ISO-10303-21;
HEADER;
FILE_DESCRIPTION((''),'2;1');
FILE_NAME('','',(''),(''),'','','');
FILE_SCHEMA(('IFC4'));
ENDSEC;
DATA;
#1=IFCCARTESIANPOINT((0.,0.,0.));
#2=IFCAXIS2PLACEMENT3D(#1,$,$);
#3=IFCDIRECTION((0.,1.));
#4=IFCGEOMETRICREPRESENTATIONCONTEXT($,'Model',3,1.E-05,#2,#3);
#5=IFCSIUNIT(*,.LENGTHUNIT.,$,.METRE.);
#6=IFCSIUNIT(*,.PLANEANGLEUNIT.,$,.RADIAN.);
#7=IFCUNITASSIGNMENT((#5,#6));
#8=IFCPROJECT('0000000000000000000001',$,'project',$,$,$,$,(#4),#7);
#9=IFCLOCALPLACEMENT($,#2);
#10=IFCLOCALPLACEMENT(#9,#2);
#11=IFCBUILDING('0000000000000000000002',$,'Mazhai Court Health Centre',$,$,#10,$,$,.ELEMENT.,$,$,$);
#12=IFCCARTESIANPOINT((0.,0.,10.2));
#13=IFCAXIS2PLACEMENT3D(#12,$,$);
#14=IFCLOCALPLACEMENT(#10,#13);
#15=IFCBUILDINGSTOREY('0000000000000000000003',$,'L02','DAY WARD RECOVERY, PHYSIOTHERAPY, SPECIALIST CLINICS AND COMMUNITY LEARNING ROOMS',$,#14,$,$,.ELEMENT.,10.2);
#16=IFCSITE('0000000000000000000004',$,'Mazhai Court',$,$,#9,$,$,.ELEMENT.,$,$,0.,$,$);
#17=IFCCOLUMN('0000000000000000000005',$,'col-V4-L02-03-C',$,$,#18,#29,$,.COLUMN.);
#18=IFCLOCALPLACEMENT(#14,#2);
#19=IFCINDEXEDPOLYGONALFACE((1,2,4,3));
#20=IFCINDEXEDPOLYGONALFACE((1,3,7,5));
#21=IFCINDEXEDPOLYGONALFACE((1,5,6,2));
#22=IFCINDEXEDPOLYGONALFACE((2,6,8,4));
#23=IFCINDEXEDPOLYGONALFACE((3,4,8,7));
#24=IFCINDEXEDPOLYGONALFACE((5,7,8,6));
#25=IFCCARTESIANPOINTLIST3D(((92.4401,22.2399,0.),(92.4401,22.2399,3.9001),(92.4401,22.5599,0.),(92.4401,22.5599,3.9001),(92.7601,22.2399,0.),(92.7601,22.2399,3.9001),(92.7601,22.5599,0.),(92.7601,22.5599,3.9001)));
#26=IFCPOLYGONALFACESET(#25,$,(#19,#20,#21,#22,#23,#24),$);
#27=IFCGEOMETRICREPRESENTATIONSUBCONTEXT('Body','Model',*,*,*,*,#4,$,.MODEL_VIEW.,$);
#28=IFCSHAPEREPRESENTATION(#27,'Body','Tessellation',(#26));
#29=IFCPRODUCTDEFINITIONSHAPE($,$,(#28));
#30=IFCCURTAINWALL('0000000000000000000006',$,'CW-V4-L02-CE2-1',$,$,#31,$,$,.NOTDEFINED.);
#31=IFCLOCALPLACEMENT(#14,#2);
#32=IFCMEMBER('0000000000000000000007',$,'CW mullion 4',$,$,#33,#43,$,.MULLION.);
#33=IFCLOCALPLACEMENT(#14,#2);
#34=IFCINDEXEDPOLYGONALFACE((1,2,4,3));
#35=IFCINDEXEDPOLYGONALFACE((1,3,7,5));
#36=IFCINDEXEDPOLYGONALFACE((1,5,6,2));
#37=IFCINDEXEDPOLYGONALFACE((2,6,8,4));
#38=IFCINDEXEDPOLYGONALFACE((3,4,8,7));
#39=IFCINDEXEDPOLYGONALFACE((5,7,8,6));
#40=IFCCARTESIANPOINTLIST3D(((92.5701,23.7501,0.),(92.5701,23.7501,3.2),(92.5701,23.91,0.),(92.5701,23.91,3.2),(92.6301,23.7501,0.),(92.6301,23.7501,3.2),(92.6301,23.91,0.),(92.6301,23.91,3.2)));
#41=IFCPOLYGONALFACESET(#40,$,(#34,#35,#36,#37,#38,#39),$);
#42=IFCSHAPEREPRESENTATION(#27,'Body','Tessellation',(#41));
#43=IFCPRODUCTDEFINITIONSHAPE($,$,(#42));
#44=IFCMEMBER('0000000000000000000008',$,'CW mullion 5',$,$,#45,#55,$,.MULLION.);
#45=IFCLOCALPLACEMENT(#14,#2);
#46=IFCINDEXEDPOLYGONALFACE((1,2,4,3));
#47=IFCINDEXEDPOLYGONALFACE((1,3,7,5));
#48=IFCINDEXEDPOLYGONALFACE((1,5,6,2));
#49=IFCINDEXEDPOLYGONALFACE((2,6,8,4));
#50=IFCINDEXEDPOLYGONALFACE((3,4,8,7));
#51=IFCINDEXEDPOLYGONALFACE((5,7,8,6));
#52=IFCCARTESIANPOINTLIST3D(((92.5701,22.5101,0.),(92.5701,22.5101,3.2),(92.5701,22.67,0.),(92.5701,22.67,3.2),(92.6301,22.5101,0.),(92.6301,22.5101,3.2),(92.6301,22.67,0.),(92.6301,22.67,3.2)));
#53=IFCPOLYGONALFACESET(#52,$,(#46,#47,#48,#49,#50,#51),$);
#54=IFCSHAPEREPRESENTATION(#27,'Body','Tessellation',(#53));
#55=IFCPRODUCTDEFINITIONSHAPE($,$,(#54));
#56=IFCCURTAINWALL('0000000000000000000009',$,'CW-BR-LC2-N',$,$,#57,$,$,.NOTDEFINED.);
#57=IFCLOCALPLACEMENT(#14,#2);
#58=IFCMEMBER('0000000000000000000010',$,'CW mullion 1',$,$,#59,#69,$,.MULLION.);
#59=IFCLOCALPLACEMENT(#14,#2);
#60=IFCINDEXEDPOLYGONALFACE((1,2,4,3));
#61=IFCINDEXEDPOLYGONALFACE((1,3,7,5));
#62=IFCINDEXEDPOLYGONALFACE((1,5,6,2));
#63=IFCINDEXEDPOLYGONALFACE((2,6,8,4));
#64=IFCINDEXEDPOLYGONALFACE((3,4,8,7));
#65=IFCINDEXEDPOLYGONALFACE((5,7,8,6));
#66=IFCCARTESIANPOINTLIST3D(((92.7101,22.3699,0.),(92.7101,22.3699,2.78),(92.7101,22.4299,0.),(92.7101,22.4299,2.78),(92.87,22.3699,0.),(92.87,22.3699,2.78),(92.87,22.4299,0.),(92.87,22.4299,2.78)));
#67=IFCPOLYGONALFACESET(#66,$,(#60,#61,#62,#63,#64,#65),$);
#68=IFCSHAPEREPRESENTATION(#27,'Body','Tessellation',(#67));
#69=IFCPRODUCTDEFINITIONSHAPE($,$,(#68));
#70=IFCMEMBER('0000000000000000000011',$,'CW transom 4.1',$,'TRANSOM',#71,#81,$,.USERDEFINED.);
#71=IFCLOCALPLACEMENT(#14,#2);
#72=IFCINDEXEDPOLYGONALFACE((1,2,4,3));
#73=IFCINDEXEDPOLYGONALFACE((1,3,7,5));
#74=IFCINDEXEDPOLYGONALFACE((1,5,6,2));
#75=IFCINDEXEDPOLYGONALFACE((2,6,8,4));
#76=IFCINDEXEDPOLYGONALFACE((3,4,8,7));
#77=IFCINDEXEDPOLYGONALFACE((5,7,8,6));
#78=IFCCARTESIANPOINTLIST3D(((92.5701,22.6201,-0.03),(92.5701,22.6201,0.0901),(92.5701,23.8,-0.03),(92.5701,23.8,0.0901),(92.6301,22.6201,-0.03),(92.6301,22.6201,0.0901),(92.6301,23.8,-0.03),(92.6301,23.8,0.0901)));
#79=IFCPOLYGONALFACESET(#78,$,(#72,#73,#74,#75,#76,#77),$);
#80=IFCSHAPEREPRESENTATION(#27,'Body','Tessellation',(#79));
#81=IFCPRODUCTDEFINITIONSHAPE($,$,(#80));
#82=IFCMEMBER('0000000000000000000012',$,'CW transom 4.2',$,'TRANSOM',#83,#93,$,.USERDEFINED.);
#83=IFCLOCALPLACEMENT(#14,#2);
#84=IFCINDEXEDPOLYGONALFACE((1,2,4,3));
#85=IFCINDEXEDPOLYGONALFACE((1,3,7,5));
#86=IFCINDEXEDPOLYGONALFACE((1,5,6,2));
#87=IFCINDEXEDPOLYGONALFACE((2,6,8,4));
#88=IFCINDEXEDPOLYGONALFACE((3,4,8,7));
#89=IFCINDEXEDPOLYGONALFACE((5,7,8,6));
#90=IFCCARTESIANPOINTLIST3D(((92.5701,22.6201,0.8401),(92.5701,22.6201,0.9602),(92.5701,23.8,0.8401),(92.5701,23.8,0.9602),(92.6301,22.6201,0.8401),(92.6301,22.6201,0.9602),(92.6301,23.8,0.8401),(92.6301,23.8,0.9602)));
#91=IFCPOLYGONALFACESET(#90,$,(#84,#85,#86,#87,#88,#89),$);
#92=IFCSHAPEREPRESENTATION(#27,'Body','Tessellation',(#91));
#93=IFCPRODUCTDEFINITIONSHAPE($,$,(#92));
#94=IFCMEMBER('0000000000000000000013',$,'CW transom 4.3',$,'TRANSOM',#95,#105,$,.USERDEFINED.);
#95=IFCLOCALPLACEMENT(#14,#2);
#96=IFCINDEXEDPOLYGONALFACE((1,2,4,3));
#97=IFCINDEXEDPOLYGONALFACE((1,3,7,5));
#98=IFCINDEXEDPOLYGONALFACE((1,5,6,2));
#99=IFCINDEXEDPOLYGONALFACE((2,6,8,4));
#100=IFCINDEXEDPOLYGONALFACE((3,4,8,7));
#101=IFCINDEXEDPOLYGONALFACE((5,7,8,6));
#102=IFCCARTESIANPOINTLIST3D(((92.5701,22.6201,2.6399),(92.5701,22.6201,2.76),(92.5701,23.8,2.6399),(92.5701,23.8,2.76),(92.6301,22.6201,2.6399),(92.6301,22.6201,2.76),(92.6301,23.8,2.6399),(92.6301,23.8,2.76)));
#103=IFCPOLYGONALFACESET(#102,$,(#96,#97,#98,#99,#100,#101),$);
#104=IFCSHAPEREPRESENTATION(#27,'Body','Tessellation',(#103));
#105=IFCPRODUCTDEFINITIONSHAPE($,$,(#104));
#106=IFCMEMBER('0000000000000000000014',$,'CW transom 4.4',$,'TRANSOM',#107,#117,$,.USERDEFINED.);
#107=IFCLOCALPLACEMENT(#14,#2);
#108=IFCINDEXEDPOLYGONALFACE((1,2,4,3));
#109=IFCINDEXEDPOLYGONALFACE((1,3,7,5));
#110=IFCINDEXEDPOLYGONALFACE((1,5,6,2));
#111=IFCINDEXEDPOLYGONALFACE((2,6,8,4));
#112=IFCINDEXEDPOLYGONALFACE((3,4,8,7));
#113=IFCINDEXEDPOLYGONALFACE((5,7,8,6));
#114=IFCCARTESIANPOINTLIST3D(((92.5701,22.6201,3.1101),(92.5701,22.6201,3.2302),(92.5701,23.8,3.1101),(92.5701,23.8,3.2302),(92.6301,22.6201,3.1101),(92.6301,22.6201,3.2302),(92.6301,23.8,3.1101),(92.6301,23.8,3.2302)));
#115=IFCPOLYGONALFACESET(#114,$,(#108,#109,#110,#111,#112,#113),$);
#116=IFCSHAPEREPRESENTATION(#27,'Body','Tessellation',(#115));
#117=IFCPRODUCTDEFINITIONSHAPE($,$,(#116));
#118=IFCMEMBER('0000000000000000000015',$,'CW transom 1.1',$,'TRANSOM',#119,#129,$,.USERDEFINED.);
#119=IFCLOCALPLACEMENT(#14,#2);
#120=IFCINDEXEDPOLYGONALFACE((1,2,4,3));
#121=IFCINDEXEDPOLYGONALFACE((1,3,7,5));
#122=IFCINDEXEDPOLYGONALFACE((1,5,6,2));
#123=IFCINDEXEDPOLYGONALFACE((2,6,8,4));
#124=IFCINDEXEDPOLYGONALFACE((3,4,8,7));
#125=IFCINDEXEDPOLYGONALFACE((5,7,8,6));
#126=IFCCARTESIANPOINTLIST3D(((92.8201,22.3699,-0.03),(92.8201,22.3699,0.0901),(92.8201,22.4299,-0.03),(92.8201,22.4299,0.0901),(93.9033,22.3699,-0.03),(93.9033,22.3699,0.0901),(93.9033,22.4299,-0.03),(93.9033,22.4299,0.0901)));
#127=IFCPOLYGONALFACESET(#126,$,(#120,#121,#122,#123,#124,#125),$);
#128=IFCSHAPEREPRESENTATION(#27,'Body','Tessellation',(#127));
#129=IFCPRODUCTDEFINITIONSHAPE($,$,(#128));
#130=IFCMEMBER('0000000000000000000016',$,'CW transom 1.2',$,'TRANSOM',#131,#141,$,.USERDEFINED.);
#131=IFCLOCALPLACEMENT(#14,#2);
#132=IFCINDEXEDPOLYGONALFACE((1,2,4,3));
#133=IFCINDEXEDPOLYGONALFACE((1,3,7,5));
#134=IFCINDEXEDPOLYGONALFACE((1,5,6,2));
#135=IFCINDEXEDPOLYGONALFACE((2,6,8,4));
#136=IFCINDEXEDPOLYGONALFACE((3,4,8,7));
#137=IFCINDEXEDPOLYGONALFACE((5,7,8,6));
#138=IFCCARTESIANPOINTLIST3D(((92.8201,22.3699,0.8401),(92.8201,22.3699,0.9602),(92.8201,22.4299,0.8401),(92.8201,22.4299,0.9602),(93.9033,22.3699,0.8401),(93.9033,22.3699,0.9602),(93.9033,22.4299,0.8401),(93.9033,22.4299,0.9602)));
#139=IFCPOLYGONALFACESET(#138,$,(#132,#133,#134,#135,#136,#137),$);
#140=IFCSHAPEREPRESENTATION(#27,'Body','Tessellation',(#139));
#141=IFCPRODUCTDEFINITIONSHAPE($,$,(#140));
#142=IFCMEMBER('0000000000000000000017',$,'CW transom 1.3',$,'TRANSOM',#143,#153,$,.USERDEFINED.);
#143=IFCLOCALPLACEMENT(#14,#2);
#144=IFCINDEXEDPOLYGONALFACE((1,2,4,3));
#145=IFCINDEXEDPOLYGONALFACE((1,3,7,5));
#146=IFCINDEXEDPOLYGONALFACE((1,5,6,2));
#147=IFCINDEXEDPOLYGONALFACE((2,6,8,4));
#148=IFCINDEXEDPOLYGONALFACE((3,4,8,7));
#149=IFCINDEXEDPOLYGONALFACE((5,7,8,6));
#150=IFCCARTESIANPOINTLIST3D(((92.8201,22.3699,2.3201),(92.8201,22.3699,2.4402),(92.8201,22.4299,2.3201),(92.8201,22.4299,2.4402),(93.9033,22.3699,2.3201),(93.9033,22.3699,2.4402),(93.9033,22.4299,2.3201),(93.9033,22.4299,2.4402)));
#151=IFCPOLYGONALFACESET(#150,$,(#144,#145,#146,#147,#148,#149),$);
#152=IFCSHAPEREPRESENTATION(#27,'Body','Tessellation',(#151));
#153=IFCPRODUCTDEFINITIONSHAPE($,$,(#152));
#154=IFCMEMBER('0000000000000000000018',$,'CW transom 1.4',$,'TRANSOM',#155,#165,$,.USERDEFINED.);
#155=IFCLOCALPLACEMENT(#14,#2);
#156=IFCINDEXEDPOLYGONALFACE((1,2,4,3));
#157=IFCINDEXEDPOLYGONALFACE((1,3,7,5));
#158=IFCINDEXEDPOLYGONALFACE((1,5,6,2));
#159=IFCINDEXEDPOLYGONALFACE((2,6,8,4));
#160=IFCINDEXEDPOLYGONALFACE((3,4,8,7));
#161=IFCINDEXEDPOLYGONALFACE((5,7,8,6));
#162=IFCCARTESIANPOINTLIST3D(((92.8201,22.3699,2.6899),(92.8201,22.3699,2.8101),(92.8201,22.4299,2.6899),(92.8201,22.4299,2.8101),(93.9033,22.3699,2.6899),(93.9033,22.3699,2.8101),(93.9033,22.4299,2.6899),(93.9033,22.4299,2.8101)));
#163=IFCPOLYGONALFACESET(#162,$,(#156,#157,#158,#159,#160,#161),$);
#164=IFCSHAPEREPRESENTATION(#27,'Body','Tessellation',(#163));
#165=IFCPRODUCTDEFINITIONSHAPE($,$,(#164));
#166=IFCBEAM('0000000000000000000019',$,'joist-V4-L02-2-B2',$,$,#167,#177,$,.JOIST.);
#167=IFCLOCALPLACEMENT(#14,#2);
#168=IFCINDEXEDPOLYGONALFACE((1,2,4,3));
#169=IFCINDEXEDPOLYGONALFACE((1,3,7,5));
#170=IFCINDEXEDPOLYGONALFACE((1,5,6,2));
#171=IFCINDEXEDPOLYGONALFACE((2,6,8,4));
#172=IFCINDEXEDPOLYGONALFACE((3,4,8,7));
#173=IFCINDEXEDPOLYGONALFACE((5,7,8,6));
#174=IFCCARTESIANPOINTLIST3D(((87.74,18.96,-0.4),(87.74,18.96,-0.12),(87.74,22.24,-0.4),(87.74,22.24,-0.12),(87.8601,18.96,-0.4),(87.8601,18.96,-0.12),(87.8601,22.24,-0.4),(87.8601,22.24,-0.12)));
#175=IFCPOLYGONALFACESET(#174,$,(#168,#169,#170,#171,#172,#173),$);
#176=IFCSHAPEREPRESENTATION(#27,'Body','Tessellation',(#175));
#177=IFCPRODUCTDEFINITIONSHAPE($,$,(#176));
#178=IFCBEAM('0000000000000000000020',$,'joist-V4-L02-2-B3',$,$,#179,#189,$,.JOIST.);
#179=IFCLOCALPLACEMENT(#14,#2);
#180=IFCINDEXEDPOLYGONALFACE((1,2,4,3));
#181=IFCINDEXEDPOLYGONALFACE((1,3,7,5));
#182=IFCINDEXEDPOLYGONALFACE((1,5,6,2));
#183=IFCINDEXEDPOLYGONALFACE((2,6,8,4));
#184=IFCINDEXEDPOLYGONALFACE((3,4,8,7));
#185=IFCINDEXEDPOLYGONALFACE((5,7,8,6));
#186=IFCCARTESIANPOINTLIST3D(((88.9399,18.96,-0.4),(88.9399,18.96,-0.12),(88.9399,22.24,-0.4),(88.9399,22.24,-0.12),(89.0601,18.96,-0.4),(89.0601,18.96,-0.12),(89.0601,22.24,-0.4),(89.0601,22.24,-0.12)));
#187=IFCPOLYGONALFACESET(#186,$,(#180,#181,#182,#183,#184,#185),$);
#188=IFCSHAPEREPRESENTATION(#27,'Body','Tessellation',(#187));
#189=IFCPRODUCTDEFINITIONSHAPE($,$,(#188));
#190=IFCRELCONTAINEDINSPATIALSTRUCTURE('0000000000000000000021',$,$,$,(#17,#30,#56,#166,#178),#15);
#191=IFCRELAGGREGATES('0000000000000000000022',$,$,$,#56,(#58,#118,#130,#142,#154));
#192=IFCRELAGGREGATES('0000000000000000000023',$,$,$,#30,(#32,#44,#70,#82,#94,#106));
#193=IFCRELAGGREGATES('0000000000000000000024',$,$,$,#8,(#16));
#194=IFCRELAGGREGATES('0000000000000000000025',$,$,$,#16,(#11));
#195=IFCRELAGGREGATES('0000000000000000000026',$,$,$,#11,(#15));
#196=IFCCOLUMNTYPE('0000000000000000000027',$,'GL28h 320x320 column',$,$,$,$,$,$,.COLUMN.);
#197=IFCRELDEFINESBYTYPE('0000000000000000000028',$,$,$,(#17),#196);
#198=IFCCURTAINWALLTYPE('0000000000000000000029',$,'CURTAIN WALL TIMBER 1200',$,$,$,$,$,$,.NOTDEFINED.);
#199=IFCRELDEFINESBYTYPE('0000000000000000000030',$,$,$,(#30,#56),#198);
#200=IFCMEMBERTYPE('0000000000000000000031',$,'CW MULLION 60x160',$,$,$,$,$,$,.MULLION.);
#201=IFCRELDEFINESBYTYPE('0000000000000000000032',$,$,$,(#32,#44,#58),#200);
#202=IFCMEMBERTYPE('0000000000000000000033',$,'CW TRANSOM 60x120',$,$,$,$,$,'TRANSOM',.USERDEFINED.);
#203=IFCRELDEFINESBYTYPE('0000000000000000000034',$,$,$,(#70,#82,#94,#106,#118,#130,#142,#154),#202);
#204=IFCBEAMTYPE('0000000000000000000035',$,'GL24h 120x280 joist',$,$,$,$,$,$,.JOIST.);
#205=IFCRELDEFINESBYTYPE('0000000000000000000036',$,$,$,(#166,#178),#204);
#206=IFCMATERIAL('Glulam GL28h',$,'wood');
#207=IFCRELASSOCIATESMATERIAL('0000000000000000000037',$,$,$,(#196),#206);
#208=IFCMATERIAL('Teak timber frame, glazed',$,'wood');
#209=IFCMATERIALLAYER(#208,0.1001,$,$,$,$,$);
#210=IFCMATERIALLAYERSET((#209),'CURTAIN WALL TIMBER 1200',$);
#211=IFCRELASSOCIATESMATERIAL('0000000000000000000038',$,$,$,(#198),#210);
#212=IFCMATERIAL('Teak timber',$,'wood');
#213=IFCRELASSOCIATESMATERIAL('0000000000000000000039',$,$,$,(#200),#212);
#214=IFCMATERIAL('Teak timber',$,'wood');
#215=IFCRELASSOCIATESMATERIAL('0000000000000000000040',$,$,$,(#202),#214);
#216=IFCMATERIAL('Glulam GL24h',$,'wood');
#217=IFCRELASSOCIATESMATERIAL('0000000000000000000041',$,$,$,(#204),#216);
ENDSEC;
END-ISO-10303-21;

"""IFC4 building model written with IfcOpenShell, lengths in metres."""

from ifc_helpers import new_model, si_unit, direction, frame, origin, origin_2d, place, context, subcontext, project, spatial, rectangle, extrude, material, layer, layer_set, material_profile, profile_set, type_object, element, aggregate, save


model = new_model("IFC4")

# Units and contexts
model_context = context("Model", 3, precision=1e-05, world=origin(), true_north=direction((0.0, 1.0)))
body_context = subcontext(model_context, "Body", "Model", "MODEL_VIEW")
ifc_project = project(units=[si_unit("LENGTHUNIT", "METRE"), si_unit("PLANEANGLEUNIT", "RADIAN")], contexts=[model_context])

# Site, building, storey
site_placement = place(None, origin())
site = spatial("IfcSite", under=ifc_project, at=site_placement, Name="Mazhai Court", CompositionType="ELEMENT", RefElevation=0.0)
building_placement = place(site_placement, origin())
building = spatial("IfcBuilding", under=site, at=building_placement, Name="Mazhai Court Health Centre", CompositionType="ELEMENT")
storey_placement = place(building_placement, frame((0.0, 0.0, 10.2)))
storey = spatial("IfcBuildingStorey", under=building, at=storey_placement, Name="L02", Description="DAY WARD RECOVERY, PHYSIOTHERAPY, SPECIALIST CLINICS AND COMMUNITY LEARNING ROOMS", CompositionType="ELEMENT", Elevation=10.2)

# Column
ifc_material_1 = material(Name="Glulam GL28h", Category="wood")
ifc_material_profile_1 = material_profile(ifc_material_1, rectangle(XDim=0.3201, YDim=0.3201, at=origin_2d()), Name="GL28h 320x320")
ifc_profile_set_1 = profile_set([ifc_material_profile_1], Name="Glulam GL28h")
column_type = type_object("IfcColumnType", Name="GL28h 320x320 column", PredefinedType="COLUMN", material=ifc_profile_set_1)
column_placement = place(storey_placement, frame((92.6001, 22.3999, 0.0), z_axis=(0.0, 0.0, 1.0), x_axis=(1.0, 0.0, 0.0)))
element("IfcColumn", 1, at=column_placement, inside=storey, type_object=column_type, Name="col-V4-L02-03-C", PredefinedType="COLUMN", context=body_context, shape_type="SweptSolid", body=[
    extrude(rectangle(XDim=0.3201, YDim=0.3201, at=origin_2d()), origin(), (0.0, 0.0, 1.0), 3.9001),
])

# Curtain wall, members
ifc_material_2 = material(Name="Teak timber frame, glazed", Category="wood")
ifc_layer_1 = layer(ifc_material_2, 0.1001)
ifc_layer_set_1 = layer_set([ifc_layer_1], Name="CURTAIN WALL TIMBER 1200")
curtain_wall_type = type_object("IfcCurtainWallType", Name="CURTAIN WALL TIMBER 1200", PredefinedType="NOTDEFINED", material=ifc_layer_set_1)
curtain_wall_1_placement = place(storey_placement, origin())
curtain_wall_1 = element("IfcCurtainWall", 2, at=curtain_wall_1_placement, inside=storey, type_object=curtain_wall_type, Name="CW-V4-L02-CE2-1", PredefinedType="NOTDEFINED")
ifc_material_3 = material(Name="Teak timber", Category="wood")
ifc_material_profile_2 = material_profile(ifc_material_3, rectangle(XDim=0.0601, YDim=0.1599, at=origin_2d()), Name="CW MULLION 60x160")
ifc_profile_set_2 = profile_set([ifc_material_profile_2], Name="Teak timber")
member_type_1 = type_object("IfcMemberType", Name="CW MULLION 60x160", PredefinedType="MULLION", material=ifc_profile_set_2)
member_1_placement = place(storey_placement, frame((92.6001, 23.8301, 0.0), z_axis=(0.0, 0.0, 1.0), x_axis=(1.0, 0.0, 0.0)))
member_1 = element("IfcMember", 3, at=member_1_placement, type_object=member_type_1, Name="CW mullion 4", PredefinedType="MULLION", context=body_context, shape_type="SweptSolid", body=[
    extrude(rectangle(XDim=0.0601, YDim=0.1599, at=origin_2d()), origin(), (0.0, 0.0, 1.0), 3.2),
])
member_2_placement = place(storey_placement, frame((92.6001, 22.5901, 0.0), z_axis=(0.0, 0.0, 1.0), x_axis=(1.0, 0.0, 0.0)))
member_2 = element("IfcMember", 4, at=member_2_placement, type_object=member_type_1, Name="CW mullion 5", PredefinedType="MULLION", context=body_context, shape_type="SweptSolid", body=[
    extrude(rectangle(XDim=0.0601, YDim=0.1599, at=origin_2d()), origin(), (0.0, 0.0, 1.0), 3.2),
])

# Curtain wall, member
curtain_wall_2_placement = place(storey_placement, origin())
curtain_wall_2 = element("IfcCurtainWall", 5, at=curtain_wall_2_placement, inside=storey, type_object=curtain_wall_type, Name="CW-BR-LC2-N", PredefinedType="NOTDEFINED")
member_3_placement = place(storey_placement, frame((92.79, 22.3999, 0.0), z_axis=(0.0, 0.0, 1.0), x_axis=(0.0, 1.0, 0.0)))
member_3 = element("IfcMember", 6, at=member_3_placement, type_object=member_type_1, Name="CW mullion 1", PredefinedType="MULLION", context=body_context, shape_type="SweptSolid", body=[
    extrude(rectangle(XDim=0.0601, YDim=0.1599, at=origin_2d()), origin(), (0.0, 0.0, 1.0), 2.78),
])

# Members
ifc_material_4 = material(Name="Teak timber", Category="wood")
ifc_material_profile_3 = material_profile(ifc_material_4, rectangle(XDim=0.0601, YDim=0.1201, at=origin_2d()), Name="CW TRANSOM 60x120")
ifc_profile_set_3 = profile_set([ifc_material_profile_3], Name="Teak timber")
member_type_2 = type_object("IfcMemberType", Name="CW TRANSOM 60x120", ElementType="TRANSOM", PredefinedType="USERDEFINED", material=ifc_profile_set_3)
member_4_placement = place(storey_placement, frame((92.6001, 23.8, 0.03), z_axis=(0.0, -1.0, 0.0), x_axis=(1.0, 0.0, 0.0)))
member_4 = element("IfcMember", 7, at=member_4_placement, type_object=member_type_2, Name="CW transom 4.1", ObjectType="TRANSOM", PredefinedType="USERDEFINED", context=body_context, shape_type="SweptSolid", body=[
    extrude(rectangle(XDim=0.0601, YDim=0.1201, at=origin_2d()), origin(), (0.0, 0.0, 1.0), 1.1799),
])
member_5_placement = place(storey_placement, frame((92.6001, 23.8, 0.9001), z_axis=(0.0, -1.0, 0.0), x_axis=(1.0, 0.0, 0.0)))
member_5 = element("IfcMember", 8, at=member_5_placement, type_object=member_type_2, Name="CW transom 4.2", ObjectType="TRANSOM", PredefinedType="USERDEFINED", context=body_context, shape_type="SweptSolid", body=[
    extrude(rectangle(XDim=0.0601, YDim=0.1201, at=origin_2d()), origin(), (0.0, 0.0, 1.0), 1.1799),
])
member_6_placement = place(storey_placement, frame((92.6001, 23.8, 2.7), z_axis=(0.0, -1.0, 0.0), x_axis=(1.0, 0.0, 0.0)))
member_6 = element("IfcMember", 9, at=member_6_placement, type_object=member_type_2, Name="CW transom 4.3", ObjectType="TRANSOM", PredefinedType="USERDEFINED", context=body_context, shape_type="SweptSolid", body=[
    extrude(rectangle(XDim=0.0601, YDim=0.1201, at=origin_2d()), origin(), (0.0, 0.0, 1.0), 1.1799),
])
member_7_placement = place(storey_placement, frame((92.6001, 23.8, 3.1702), z_axis=(0.0, -1.0, 0.0), x_axis=(1.0, 0.0, 0.0)))
member_7 = element("IfcMember", 10, at=member_7_placement, type_object=member_type_2, Name="CW transom 4.4", ObjectType="TRANSOM", PredefinedType="USERDEFINED", context=body_context, shape_type="SweptSolid", body=[
    extrude(rectangle(XDim=0.0601, YDim=0.1201, at=origin_2d()), origin(), (0.0, 0.0, 1.0), 1.1799),
])
member_8_placement = place(storey_placement, frame((92.8201, 22.3999, 0.03), z_axis=(1.0, 0.0, 0.0), x_axis=(0.0, 1.0, 0.0)))
member_8 = element("IfcMember", 11, at=member_8_placement, type_object=member_type_2, Name="CW transom 1.1", ObjectType="TRANSOM", PredefinedType="USERDEFINED", context=body_context, shape_type="SweptSolid", body=[
    extrude(rectangle(XDim=0.0601, YDim=0.1201, at=origin_2d()), origin(), (0.0, 0.0, 1.0), 1.0833),
])
member_9_placement = place(storey_placement, frame((92.8201, 22.3999, 0.9001), z_axis=(1.0, 0.0, 0.0), x_axis=(0.0, 1.0, 0.0)))
member_9 = element("IfcMember", 12, at=member_9_placement, type_object=member_type_2, Name="CW transom 1.2", ObjectType="TRANSOM", PredefinedType="USERDEFINED", context=body_context, shape_type="SweptSolid", body=[
    extrude(rectangle(XDim=0.0601, YDim=0.1201, at=origin_2d()), origin(), (0.0, 0.0, 1.0), 1.0833),
])
member_10_placement = place(storey_placement, frame((92.8201, 22.3999, 2.3801), z_axis=(1.0, 0.0, 0.0), x_axis=(0.0, 1.0, 0.0)))
member_10 = element("IfcMember", 13, at=member_10_placement, type_object=member_type_2, Name="CW transom 1.3", ObjectType="TRANSOM", PredefinedType="USERDEFINED", context=body_context, shape_type="SweptSolid", body=[
    extrude(rectangle(XDim=0.0601, YDim=0.1201, at=origin_2d()), origin(), (0.0, 0.0, 1.0), 1.0833),
])
member_11_placement = place(storey_placement, frame((92.8201, 22.3999, 2.75), z_axis=(1.0, 0.0, 0.0), x_axis=(0.0, 1.0, 0.0)))
member_11 = element("IfcMember", 14, at=member_11_placement, type_object=member_type_2, Name="CW transom 1.4", ObjectType="TRANSOM", PredefinedType="USERDEFINED", context=body_context, shape_type="SweptSolid", body=[
    extrude(rectangle(XDim=0.0601, YDim=0.1201, at=origin_2d()), origin(), (0.0, 0.0, 1.0), 1.0833),
])
aggregate(curtain_wall_2, [member_3, member_8, member_9, member_10, member_11])

# Beams
ifc_material_5 = material(Name="Glulam GL24h", Category="wood")
ifc_material_profile_4 = material_profile(ifc_material_5, rectangle(XDim=0.1201, YDim=0.28, at=origin_2d()), Name="GL24h 120x280")
ifc_profile_set_4 = profile_set([ifc_material_profile_4], Name="Glulam GL24h")
beam_type_1 = type_object("IfcBeamType", Name="GL24h 120x280 joist", PredefinedType="JOIST", material=ifc_profile_set_4)
for number, where, z_axis, x_axis, name in (
    (15, (87.8, 18.96, -0.26), (0.0, 1.0, 0.0), (-1.0, 0.0, 0.0), "joist-V4-L02-2-B2"),
    (16, (89.0, 18.96, -0.26), (0.0, 1.0, 0.0), (-1.0, 0.0, 0.0), "joist-V4-L02-2-B3"),
):
    element("IfcBeam", number, at=place(storey_placement, frame(where, z_axis=z_axis, x_axis=x_axis)), inside=storey, type_object=beam_type_1, Name=name, PredefinedType="JOIST", context=body_context, shape_type="SweptSolid", body=[
        extrude(rectangle(XDim=0.1201, YDim=0.28, at=origin_2d()), origin(), (0.0, 0.0, 1.0), 3.28),
    ])

aggregate(curtain_wall_1, [member_1, member_2, member_4, member_5, member_6, member_7])

save(model, "model.ifc")
